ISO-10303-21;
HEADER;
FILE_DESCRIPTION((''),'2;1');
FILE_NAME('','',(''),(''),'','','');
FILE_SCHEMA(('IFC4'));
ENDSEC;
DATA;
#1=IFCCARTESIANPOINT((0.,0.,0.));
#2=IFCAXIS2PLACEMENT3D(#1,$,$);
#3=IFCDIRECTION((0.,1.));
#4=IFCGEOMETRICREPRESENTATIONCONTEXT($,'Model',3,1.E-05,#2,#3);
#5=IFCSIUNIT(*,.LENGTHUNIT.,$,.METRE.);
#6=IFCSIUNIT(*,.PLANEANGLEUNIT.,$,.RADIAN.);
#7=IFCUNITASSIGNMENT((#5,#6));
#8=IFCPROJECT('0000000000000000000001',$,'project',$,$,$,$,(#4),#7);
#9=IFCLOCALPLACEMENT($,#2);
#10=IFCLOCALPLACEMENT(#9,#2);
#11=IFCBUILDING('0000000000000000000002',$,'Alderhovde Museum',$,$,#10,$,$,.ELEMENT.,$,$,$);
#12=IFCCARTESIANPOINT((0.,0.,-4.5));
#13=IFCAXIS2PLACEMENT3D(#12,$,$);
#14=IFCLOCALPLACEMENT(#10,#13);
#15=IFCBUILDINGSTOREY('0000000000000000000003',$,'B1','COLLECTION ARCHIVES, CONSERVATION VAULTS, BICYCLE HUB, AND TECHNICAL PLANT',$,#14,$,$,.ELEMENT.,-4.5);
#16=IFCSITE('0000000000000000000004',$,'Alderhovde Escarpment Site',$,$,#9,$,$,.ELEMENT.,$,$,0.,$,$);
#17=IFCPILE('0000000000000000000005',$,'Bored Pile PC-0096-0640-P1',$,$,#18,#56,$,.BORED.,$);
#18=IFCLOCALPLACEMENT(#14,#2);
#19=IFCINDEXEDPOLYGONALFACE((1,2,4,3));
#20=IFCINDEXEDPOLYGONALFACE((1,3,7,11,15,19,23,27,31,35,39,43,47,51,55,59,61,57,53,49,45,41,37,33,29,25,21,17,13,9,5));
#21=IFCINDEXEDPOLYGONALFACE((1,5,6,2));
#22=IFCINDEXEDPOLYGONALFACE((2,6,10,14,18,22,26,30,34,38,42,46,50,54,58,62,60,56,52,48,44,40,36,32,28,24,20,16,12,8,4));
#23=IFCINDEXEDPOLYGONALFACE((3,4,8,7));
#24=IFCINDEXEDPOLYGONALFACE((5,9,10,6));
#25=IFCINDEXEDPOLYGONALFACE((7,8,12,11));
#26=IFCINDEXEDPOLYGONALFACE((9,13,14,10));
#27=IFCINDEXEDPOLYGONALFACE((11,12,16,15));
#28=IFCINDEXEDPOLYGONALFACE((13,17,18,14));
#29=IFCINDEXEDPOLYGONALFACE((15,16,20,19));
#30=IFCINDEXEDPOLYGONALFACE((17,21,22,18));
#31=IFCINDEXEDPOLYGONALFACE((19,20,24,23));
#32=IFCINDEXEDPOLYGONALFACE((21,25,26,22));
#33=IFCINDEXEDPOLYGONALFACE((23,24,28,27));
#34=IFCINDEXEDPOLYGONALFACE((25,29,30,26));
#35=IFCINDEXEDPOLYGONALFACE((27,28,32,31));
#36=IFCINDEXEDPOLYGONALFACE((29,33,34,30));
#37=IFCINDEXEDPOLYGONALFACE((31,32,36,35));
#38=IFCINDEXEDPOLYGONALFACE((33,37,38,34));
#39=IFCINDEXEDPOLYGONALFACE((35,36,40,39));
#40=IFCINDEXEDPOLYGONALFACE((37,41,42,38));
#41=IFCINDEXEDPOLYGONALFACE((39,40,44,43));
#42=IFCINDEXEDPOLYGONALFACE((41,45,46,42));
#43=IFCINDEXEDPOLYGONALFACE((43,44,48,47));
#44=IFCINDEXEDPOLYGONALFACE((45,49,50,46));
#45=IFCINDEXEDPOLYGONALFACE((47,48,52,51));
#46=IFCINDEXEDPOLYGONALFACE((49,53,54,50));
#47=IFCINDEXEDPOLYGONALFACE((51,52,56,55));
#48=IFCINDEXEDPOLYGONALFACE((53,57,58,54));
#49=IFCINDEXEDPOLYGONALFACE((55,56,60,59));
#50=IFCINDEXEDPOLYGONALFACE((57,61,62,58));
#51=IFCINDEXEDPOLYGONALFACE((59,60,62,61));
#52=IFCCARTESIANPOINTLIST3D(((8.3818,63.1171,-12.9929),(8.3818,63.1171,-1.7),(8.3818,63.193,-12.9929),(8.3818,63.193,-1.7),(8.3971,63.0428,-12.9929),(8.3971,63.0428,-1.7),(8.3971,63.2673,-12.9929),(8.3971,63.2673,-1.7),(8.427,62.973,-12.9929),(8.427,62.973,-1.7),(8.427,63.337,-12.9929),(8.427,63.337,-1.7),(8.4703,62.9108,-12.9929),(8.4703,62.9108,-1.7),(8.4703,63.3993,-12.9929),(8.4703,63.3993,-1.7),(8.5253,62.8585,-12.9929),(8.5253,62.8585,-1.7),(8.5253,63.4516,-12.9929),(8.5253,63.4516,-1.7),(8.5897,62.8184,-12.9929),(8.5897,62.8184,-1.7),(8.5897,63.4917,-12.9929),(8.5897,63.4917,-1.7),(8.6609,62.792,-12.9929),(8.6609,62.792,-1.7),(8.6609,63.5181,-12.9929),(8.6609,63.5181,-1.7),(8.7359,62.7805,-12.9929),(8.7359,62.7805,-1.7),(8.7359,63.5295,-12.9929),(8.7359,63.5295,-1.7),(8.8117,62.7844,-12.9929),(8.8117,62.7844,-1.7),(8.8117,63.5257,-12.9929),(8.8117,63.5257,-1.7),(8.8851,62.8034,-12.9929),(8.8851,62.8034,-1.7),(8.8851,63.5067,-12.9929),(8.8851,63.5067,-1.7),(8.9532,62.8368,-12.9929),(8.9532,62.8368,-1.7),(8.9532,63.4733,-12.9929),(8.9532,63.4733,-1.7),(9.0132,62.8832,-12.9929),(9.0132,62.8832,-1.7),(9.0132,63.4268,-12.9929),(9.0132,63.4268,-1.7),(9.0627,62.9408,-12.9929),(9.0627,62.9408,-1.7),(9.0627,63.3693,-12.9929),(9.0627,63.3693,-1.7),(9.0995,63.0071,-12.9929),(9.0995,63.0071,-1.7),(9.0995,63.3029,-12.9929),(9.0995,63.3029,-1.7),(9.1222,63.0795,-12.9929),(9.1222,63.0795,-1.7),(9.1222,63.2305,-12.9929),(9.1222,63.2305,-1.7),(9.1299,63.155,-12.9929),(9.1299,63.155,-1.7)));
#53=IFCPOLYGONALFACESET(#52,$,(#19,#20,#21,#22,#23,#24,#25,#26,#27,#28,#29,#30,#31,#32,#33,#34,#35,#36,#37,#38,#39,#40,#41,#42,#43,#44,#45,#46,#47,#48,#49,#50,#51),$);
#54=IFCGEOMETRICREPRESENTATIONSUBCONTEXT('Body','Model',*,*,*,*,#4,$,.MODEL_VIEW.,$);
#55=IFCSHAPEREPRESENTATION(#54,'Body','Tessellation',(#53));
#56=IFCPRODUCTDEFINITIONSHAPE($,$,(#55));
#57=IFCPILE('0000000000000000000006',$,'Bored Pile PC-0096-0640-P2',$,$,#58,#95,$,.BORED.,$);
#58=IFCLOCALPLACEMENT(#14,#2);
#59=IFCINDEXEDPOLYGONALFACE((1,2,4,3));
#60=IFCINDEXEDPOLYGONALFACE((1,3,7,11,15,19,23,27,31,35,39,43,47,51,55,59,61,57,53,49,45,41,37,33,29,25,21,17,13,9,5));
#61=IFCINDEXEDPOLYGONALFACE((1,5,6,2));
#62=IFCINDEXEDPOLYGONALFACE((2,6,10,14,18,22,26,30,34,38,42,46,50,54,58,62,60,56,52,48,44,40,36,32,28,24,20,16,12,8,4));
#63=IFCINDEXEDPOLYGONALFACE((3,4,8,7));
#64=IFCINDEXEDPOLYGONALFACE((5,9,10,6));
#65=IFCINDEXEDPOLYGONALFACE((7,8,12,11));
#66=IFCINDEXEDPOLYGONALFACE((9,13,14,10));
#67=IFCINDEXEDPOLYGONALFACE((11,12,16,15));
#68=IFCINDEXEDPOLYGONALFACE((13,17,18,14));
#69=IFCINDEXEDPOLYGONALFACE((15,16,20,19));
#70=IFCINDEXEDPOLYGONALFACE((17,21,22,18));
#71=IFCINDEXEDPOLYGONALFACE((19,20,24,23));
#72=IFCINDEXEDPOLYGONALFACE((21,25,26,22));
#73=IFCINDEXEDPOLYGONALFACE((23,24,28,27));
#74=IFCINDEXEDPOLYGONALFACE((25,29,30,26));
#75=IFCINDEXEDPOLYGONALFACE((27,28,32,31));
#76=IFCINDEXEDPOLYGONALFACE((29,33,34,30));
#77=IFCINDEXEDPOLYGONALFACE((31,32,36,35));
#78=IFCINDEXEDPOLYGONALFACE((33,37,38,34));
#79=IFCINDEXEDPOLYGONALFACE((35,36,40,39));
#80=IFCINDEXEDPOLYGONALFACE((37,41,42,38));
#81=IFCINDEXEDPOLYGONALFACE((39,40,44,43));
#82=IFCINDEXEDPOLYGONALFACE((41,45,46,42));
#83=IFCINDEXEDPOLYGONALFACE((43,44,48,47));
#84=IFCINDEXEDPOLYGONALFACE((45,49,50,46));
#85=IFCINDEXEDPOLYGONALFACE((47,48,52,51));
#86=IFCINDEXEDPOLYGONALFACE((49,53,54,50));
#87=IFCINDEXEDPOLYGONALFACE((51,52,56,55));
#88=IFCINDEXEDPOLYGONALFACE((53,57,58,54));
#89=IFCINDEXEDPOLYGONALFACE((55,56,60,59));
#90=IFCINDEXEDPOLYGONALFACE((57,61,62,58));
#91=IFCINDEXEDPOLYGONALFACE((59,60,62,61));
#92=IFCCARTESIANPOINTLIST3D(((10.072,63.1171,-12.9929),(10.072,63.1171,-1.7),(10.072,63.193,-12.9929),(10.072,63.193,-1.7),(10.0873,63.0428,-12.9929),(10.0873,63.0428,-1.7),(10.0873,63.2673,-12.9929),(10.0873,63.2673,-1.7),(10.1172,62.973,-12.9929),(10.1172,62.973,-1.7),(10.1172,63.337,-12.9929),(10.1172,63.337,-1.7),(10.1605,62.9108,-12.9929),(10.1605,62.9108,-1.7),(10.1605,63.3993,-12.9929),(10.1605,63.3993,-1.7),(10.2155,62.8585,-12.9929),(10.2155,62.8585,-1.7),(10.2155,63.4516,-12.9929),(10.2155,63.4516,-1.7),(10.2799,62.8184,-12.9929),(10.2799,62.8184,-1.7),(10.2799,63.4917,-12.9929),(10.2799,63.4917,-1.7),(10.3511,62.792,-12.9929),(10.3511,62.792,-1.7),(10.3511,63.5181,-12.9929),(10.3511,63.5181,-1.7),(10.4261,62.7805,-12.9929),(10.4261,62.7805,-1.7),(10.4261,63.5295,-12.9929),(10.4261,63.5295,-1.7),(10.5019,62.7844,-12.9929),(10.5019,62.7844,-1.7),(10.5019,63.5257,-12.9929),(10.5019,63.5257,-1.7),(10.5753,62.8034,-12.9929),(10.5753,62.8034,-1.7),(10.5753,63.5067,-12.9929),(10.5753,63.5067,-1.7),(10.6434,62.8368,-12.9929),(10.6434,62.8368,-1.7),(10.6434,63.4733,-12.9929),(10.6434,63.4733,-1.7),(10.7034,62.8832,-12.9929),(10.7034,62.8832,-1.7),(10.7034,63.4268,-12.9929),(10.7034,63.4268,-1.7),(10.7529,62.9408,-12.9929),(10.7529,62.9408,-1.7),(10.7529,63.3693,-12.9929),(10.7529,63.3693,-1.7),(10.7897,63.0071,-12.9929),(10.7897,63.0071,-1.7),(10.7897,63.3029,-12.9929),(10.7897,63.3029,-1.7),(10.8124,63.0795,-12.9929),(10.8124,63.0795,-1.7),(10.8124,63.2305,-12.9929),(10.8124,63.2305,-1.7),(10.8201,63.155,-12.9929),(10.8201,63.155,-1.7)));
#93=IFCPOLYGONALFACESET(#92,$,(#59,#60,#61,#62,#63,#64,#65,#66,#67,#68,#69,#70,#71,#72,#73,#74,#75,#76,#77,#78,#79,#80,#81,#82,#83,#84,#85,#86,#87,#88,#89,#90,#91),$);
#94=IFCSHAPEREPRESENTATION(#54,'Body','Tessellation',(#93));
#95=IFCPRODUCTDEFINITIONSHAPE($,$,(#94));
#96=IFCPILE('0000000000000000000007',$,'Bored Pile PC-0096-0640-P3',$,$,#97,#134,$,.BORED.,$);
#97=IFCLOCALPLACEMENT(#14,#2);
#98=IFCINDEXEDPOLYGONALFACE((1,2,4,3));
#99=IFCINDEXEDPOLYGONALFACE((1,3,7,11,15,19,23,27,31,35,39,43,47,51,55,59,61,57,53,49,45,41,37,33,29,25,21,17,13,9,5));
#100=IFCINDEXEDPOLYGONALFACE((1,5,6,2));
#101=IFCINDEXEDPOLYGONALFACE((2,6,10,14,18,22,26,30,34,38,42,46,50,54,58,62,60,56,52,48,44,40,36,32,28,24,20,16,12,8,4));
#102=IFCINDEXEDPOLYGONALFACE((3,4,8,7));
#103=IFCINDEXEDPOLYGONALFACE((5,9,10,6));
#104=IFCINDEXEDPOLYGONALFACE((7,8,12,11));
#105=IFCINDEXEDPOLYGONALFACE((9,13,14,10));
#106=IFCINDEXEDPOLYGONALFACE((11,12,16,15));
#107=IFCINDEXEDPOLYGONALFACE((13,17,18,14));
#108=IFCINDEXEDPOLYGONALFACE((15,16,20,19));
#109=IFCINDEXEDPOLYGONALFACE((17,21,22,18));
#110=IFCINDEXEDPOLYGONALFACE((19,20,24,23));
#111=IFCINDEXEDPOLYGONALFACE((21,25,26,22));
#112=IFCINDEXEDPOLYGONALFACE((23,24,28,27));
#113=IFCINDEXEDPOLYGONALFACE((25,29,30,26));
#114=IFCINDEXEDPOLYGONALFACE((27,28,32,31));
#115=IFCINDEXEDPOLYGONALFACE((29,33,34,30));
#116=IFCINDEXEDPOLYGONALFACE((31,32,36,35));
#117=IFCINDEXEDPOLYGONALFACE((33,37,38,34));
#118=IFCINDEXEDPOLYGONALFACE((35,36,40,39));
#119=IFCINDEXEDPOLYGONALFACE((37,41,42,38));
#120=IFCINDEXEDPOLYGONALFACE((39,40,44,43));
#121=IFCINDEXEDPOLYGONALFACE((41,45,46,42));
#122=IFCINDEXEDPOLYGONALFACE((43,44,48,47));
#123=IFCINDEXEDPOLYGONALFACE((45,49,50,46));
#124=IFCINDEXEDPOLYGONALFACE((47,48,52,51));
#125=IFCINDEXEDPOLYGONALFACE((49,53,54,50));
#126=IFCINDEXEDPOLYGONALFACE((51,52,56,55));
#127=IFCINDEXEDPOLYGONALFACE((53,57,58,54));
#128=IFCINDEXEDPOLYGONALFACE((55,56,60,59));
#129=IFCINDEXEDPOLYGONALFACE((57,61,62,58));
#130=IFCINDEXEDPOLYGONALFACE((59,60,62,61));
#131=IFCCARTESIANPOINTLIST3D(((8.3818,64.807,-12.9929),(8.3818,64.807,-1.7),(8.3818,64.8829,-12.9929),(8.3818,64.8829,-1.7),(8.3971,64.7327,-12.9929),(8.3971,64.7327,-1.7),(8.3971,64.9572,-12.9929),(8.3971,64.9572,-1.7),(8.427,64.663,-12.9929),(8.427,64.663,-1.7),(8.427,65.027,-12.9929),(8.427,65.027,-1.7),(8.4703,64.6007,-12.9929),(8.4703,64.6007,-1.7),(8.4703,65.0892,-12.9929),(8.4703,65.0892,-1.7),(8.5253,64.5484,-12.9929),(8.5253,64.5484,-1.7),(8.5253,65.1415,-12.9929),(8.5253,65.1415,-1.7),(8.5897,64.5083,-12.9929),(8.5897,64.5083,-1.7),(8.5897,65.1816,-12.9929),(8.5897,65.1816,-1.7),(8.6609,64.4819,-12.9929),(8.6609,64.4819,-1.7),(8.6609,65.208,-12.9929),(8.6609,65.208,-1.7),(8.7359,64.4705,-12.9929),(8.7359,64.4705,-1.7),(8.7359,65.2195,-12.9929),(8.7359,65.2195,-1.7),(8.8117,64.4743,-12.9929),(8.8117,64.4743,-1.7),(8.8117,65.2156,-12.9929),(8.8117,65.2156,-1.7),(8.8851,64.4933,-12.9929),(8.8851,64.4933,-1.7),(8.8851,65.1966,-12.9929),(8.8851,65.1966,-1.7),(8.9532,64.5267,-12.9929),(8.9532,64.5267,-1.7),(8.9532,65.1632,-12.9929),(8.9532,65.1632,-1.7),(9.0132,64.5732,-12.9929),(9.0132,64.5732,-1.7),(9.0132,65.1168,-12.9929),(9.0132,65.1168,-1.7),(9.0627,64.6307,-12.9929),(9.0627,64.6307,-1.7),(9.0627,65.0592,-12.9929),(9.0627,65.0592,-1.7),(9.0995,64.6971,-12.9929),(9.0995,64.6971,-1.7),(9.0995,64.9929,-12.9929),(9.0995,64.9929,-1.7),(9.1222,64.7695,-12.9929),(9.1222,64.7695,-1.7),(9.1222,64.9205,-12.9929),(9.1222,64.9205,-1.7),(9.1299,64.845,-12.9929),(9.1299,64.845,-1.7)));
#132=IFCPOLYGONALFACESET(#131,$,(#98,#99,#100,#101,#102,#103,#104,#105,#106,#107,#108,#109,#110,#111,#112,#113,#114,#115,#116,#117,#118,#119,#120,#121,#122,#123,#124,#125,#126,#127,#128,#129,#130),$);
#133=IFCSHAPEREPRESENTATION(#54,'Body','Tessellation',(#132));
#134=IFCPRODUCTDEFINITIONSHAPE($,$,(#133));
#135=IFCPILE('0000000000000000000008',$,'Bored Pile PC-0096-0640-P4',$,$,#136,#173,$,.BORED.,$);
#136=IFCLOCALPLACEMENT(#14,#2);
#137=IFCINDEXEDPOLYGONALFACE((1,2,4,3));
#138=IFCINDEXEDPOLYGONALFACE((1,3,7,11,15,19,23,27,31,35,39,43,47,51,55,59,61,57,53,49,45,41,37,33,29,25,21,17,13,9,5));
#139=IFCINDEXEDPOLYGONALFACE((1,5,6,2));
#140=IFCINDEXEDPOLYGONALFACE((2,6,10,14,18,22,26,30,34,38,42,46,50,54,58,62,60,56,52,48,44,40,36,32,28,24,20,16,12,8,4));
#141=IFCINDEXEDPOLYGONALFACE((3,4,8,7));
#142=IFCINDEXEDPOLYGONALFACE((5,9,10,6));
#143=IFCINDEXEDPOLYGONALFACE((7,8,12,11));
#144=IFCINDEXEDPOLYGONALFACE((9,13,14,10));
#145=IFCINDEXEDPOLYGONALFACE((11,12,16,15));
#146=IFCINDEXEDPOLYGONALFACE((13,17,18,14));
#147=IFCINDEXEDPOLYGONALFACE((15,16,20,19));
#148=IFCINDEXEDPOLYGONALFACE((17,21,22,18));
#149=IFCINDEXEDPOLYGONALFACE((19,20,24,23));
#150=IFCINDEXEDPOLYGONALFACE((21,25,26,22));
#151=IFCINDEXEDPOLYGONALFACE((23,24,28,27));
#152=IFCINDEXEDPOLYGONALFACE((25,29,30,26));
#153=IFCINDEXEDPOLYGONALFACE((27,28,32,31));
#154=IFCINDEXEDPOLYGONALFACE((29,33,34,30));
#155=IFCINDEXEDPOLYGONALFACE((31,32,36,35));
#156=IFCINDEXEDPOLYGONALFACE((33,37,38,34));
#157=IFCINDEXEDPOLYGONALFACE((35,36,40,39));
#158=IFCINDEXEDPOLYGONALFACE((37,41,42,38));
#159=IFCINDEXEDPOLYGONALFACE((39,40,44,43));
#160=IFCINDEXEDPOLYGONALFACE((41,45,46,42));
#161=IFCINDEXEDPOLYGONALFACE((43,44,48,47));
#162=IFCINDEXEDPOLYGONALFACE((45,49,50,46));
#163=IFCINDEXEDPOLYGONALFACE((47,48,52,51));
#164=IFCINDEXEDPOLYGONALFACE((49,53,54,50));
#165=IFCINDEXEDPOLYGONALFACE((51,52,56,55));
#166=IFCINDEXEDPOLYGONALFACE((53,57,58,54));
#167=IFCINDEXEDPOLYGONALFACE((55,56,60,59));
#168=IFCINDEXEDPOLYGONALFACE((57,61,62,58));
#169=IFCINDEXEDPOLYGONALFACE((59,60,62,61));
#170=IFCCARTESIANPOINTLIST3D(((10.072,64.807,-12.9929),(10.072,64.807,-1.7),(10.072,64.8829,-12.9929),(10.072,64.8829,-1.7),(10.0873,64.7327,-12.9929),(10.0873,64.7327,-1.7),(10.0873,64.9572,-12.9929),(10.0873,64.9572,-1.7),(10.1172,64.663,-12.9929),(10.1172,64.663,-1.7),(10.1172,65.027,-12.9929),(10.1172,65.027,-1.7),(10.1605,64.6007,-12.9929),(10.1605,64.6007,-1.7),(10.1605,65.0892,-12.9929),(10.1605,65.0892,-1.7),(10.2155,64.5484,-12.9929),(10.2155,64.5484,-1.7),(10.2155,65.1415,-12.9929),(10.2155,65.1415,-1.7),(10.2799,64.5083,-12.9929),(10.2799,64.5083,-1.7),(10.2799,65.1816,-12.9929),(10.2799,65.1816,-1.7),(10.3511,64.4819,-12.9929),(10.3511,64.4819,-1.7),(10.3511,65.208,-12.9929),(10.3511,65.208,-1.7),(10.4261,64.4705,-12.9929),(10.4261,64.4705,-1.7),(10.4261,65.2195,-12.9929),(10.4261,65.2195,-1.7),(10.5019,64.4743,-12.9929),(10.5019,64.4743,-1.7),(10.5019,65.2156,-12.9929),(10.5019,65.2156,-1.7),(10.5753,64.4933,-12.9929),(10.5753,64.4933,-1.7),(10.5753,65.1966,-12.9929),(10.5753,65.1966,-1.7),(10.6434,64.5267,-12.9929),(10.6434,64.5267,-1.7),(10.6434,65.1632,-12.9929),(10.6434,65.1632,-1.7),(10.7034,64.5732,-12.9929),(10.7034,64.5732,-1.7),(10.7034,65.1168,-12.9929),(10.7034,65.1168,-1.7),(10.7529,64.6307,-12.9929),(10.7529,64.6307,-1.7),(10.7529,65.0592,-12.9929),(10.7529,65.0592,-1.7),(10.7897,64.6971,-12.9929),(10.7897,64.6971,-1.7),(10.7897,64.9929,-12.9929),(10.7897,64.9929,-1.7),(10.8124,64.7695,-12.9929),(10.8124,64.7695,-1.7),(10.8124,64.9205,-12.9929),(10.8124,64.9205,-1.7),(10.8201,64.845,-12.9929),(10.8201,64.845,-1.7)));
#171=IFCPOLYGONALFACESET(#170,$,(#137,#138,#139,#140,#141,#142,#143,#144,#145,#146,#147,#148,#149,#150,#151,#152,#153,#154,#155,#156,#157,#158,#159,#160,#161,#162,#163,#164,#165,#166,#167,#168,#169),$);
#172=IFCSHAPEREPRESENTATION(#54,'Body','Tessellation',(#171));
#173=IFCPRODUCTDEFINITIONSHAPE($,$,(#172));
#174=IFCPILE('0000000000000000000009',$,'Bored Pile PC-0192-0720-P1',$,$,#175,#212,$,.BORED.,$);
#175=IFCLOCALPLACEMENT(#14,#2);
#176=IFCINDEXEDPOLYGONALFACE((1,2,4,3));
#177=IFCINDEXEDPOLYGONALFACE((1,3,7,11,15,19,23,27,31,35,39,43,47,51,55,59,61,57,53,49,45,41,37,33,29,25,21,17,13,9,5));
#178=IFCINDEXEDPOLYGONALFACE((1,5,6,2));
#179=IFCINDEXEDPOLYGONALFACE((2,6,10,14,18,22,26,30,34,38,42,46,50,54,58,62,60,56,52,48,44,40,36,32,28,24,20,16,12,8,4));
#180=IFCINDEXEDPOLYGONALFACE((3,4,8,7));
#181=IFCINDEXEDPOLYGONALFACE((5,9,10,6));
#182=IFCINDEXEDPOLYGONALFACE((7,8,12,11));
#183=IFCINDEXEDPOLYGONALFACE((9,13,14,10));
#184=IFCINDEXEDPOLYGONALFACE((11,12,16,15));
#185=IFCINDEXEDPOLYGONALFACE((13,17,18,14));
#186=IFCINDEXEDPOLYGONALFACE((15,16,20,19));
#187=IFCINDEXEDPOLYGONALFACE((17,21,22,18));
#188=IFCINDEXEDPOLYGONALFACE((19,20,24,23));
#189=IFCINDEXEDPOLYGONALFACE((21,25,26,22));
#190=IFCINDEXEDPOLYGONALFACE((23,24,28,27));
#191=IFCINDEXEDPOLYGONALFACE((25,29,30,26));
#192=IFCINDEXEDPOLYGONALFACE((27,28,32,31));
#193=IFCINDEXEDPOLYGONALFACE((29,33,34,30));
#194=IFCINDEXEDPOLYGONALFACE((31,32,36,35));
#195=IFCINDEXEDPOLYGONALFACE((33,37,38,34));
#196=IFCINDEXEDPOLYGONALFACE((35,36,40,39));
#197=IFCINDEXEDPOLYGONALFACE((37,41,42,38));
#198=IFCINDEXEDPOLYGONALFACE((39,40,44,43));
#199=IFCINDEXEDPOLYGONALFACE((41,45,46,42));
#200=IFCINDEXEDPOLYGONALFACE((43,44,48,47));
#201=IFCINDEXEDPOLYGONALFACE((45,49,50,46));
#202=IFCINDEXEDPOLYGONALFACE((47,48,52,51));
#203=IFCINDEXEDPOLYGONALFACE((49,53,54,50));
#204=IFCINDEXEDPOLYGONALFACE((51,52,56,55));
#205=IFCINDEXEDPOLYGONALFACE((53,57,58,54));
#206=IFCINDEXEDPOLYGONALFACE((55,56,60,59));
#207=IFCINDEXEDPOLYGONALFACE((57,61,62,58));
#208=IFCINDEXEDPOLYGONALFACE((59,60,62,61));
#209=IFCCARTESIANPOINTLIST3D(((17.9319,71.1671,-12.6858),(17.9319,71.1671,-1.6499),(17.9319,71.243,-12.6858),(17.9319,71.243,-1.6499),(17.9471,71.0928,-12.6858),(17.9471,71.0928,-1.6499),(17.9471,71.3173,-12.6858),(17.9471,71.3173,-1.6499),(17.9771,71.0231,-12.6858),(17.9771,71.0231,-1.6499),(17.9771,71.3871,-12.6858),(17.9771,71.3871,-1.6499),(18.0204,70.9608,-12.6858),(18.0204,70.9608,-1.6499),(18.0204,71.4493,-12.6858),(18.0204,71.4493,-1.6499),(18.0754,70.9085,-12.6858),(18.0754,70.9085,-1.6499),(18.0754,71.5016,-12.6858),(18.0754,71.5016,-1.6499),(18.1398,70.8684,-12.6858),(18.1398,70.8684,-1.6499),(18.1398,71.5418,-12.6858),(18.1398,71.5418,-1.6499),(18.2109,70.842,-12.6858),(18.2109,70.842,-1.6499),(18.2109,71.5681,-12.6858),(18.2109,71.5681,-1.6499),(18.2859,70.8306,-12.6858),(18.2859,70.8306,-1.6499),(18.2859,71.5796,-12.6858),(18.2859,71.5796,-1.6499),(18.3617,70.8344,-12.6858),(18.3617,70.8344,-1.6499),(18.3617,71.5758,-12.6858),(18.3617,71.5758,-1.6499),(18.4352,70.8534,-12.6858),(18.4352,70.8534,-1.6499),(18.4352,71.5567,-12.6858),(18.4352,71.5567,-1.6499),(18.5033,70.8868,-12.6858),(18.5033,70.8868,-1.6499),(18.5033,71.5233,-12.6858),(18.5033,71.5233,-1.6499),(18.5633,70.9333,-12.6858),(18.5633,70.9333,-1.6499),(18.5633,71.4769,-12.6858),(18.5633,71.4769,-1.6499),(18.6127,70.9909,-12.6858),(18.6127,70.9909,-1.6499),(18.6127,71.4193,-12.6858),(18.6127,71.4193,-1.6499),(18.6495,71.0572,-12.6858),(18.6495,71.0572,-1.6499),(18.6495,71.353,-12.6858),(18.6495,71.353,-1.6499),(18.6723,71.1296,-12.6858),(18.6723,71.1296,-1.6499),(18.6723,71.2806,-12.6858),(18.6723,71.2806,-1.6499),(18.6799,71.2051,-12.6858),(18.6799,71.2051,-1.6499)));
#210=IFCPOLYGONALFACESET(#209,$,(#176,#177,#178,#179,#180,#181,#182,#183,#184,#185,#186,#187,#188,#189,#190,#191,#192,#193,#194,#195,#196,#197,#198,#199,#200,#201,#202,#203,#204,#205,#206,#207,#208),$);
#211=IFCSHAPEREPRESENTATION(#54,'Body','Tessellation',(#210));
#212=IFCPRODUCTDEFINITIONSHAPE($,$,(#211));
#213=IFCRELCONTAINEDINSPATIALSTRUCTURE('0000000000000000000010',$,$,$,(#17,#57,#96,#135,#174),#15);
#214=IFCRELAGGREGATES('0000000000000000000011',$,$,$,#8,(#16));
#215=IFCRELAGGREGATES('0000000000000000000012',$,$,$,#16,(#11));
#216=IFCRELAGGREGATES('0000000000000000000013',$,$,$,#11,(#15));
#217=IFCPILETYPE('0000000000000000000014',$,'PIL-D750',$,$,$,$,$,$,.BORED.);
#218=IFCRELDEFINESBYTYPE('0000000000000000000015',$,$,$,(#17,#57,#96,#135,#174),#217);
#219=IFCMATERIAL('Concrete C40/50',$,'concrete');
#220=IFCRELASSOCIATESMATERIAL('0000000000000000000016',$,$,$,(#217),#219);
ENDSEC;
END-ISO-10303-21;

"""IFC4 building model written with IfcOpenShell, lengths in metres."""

from ifc_helpers import new_model, si_unit, direction, frame, origin, origin_2d, place, context, subcontext, project, spatial, circle, extrude, material, material_profile, profile_set, type_object, element, save


model = new_model("IFC4")

# Units and contexts
model_context = context("Model", 3, precision=1e-05, world=origin(), true_north=direction((0.0, 1.0)))
body_context = subcontext(model_context, "Body", "Model", "MODEL_VIEW")
ifc_project = project(units=[si_unit("LENGTHUNIT", "METRE"), si_unit("PLANEANGLEUNIT", "RADIAN")], contexts=[model_context])

# Site, building, storey
site_placement = place(None, origin())
site = spatial("IfcSite", under=ifc_project, at=site_placement, Name="Alderhovde Escarpment Site", CompositionType="ELEMENT", RefElevation=0.0)
building_placement = place(site_placement, origin())
building = spatial("IfcBuilding", under=site, at=building_placement, Name="Alderhovde Museum", CompositionType="ELEMENT")
storey_placement = place(building_placement, frame((0.0, 0.0, -4.5)))
storey = spatial("IfcBuildingStorey", under=building, at=storey_placement, Name="B1", Description="COLLECTION ARCHIVES, CONSERVATION VAULTS, BICYCLE HUB, AND TECHNICAL PLANT", CompositionType="ELEMENT", Elevation=-4.5)

# Piles
ifc_material_1 = material(Name="Concrete C40/50", Category="concrete")
ifc_material_profile_1 = material_profile(ifc_material_1, circle(Radius=0.375, at=origin_2d()), Name="PILE-D750")
ifc_profile_set_1 = profile_set([ifc_material_profile_1], Name="Concrete C40/50")
pile_type_1 = type_object("IfcPileType", Name="PIL-D750", PredefinedType="BORED", material=ifc_profile_set_1)
for number, where, z_axis, x_axis, name in (
    (1, (8.7549, 63.155, -1.7), (0.0, 0.0, -1.0), (1.0, 0.0, 0.0), "Bored Pile PC-0096-0640-P1"),
    (2, (10.4451, 63.155, -1.7), (0.0, 0.0, -1.0), (1.0, 0.0, 0.0), "Bored Pile PC-0096-0640-P2"),
    (3, (8.7549, 64.845, -1.7), (0.0, 0.0, -1.0), (1.0, 0.0, 0.0), "Bored Pile PC-0096-0640-P3"),
    (4, (10.4451, 64.845, -1.7), (0.0, 0.0, -1.0), (1.0, 0.0, 0.0), "Bored Pile PC-0096-0640-P4"),
):
    element("IfcPile", number, at=place(storey_placement, frame(where, z_axis=z_axis, x_axis=x_axis)), inside=storey, type_object=pile_type_1, Name=name, PredefinedType="BORED", context=body_context, shape_type="SweptSolid", body=[
        extrude(circle(Radius=0.375, at=origin_2d()), origin(), (0.0, 0.0, 1.0), 11.293),
    ])
for number, where, z_axis, x_axis, name in (
    (5, (18.3049, 71.2051, -1.6499), (0.0, 0.0, -1.0), (1.0, 0.0, 0.0), "Bored Pile PC-0192-0720-P1"),
):
    element("IfcPile", number, at=place(storey_placement, frame(where, z_axis=z_axis, x_axis=x_axis)), inside=storey, type_object=pile_type_1, Name=name, PredefinedType="BORED", context=body_context, shape_type="SweptSolid", body=[
        extrude(circle(Radius=0.375, at=origin_2d()), origin(), (0.0, 0.0, 1.0), 11.0359),
    ])

save(model, "model.ifc")
